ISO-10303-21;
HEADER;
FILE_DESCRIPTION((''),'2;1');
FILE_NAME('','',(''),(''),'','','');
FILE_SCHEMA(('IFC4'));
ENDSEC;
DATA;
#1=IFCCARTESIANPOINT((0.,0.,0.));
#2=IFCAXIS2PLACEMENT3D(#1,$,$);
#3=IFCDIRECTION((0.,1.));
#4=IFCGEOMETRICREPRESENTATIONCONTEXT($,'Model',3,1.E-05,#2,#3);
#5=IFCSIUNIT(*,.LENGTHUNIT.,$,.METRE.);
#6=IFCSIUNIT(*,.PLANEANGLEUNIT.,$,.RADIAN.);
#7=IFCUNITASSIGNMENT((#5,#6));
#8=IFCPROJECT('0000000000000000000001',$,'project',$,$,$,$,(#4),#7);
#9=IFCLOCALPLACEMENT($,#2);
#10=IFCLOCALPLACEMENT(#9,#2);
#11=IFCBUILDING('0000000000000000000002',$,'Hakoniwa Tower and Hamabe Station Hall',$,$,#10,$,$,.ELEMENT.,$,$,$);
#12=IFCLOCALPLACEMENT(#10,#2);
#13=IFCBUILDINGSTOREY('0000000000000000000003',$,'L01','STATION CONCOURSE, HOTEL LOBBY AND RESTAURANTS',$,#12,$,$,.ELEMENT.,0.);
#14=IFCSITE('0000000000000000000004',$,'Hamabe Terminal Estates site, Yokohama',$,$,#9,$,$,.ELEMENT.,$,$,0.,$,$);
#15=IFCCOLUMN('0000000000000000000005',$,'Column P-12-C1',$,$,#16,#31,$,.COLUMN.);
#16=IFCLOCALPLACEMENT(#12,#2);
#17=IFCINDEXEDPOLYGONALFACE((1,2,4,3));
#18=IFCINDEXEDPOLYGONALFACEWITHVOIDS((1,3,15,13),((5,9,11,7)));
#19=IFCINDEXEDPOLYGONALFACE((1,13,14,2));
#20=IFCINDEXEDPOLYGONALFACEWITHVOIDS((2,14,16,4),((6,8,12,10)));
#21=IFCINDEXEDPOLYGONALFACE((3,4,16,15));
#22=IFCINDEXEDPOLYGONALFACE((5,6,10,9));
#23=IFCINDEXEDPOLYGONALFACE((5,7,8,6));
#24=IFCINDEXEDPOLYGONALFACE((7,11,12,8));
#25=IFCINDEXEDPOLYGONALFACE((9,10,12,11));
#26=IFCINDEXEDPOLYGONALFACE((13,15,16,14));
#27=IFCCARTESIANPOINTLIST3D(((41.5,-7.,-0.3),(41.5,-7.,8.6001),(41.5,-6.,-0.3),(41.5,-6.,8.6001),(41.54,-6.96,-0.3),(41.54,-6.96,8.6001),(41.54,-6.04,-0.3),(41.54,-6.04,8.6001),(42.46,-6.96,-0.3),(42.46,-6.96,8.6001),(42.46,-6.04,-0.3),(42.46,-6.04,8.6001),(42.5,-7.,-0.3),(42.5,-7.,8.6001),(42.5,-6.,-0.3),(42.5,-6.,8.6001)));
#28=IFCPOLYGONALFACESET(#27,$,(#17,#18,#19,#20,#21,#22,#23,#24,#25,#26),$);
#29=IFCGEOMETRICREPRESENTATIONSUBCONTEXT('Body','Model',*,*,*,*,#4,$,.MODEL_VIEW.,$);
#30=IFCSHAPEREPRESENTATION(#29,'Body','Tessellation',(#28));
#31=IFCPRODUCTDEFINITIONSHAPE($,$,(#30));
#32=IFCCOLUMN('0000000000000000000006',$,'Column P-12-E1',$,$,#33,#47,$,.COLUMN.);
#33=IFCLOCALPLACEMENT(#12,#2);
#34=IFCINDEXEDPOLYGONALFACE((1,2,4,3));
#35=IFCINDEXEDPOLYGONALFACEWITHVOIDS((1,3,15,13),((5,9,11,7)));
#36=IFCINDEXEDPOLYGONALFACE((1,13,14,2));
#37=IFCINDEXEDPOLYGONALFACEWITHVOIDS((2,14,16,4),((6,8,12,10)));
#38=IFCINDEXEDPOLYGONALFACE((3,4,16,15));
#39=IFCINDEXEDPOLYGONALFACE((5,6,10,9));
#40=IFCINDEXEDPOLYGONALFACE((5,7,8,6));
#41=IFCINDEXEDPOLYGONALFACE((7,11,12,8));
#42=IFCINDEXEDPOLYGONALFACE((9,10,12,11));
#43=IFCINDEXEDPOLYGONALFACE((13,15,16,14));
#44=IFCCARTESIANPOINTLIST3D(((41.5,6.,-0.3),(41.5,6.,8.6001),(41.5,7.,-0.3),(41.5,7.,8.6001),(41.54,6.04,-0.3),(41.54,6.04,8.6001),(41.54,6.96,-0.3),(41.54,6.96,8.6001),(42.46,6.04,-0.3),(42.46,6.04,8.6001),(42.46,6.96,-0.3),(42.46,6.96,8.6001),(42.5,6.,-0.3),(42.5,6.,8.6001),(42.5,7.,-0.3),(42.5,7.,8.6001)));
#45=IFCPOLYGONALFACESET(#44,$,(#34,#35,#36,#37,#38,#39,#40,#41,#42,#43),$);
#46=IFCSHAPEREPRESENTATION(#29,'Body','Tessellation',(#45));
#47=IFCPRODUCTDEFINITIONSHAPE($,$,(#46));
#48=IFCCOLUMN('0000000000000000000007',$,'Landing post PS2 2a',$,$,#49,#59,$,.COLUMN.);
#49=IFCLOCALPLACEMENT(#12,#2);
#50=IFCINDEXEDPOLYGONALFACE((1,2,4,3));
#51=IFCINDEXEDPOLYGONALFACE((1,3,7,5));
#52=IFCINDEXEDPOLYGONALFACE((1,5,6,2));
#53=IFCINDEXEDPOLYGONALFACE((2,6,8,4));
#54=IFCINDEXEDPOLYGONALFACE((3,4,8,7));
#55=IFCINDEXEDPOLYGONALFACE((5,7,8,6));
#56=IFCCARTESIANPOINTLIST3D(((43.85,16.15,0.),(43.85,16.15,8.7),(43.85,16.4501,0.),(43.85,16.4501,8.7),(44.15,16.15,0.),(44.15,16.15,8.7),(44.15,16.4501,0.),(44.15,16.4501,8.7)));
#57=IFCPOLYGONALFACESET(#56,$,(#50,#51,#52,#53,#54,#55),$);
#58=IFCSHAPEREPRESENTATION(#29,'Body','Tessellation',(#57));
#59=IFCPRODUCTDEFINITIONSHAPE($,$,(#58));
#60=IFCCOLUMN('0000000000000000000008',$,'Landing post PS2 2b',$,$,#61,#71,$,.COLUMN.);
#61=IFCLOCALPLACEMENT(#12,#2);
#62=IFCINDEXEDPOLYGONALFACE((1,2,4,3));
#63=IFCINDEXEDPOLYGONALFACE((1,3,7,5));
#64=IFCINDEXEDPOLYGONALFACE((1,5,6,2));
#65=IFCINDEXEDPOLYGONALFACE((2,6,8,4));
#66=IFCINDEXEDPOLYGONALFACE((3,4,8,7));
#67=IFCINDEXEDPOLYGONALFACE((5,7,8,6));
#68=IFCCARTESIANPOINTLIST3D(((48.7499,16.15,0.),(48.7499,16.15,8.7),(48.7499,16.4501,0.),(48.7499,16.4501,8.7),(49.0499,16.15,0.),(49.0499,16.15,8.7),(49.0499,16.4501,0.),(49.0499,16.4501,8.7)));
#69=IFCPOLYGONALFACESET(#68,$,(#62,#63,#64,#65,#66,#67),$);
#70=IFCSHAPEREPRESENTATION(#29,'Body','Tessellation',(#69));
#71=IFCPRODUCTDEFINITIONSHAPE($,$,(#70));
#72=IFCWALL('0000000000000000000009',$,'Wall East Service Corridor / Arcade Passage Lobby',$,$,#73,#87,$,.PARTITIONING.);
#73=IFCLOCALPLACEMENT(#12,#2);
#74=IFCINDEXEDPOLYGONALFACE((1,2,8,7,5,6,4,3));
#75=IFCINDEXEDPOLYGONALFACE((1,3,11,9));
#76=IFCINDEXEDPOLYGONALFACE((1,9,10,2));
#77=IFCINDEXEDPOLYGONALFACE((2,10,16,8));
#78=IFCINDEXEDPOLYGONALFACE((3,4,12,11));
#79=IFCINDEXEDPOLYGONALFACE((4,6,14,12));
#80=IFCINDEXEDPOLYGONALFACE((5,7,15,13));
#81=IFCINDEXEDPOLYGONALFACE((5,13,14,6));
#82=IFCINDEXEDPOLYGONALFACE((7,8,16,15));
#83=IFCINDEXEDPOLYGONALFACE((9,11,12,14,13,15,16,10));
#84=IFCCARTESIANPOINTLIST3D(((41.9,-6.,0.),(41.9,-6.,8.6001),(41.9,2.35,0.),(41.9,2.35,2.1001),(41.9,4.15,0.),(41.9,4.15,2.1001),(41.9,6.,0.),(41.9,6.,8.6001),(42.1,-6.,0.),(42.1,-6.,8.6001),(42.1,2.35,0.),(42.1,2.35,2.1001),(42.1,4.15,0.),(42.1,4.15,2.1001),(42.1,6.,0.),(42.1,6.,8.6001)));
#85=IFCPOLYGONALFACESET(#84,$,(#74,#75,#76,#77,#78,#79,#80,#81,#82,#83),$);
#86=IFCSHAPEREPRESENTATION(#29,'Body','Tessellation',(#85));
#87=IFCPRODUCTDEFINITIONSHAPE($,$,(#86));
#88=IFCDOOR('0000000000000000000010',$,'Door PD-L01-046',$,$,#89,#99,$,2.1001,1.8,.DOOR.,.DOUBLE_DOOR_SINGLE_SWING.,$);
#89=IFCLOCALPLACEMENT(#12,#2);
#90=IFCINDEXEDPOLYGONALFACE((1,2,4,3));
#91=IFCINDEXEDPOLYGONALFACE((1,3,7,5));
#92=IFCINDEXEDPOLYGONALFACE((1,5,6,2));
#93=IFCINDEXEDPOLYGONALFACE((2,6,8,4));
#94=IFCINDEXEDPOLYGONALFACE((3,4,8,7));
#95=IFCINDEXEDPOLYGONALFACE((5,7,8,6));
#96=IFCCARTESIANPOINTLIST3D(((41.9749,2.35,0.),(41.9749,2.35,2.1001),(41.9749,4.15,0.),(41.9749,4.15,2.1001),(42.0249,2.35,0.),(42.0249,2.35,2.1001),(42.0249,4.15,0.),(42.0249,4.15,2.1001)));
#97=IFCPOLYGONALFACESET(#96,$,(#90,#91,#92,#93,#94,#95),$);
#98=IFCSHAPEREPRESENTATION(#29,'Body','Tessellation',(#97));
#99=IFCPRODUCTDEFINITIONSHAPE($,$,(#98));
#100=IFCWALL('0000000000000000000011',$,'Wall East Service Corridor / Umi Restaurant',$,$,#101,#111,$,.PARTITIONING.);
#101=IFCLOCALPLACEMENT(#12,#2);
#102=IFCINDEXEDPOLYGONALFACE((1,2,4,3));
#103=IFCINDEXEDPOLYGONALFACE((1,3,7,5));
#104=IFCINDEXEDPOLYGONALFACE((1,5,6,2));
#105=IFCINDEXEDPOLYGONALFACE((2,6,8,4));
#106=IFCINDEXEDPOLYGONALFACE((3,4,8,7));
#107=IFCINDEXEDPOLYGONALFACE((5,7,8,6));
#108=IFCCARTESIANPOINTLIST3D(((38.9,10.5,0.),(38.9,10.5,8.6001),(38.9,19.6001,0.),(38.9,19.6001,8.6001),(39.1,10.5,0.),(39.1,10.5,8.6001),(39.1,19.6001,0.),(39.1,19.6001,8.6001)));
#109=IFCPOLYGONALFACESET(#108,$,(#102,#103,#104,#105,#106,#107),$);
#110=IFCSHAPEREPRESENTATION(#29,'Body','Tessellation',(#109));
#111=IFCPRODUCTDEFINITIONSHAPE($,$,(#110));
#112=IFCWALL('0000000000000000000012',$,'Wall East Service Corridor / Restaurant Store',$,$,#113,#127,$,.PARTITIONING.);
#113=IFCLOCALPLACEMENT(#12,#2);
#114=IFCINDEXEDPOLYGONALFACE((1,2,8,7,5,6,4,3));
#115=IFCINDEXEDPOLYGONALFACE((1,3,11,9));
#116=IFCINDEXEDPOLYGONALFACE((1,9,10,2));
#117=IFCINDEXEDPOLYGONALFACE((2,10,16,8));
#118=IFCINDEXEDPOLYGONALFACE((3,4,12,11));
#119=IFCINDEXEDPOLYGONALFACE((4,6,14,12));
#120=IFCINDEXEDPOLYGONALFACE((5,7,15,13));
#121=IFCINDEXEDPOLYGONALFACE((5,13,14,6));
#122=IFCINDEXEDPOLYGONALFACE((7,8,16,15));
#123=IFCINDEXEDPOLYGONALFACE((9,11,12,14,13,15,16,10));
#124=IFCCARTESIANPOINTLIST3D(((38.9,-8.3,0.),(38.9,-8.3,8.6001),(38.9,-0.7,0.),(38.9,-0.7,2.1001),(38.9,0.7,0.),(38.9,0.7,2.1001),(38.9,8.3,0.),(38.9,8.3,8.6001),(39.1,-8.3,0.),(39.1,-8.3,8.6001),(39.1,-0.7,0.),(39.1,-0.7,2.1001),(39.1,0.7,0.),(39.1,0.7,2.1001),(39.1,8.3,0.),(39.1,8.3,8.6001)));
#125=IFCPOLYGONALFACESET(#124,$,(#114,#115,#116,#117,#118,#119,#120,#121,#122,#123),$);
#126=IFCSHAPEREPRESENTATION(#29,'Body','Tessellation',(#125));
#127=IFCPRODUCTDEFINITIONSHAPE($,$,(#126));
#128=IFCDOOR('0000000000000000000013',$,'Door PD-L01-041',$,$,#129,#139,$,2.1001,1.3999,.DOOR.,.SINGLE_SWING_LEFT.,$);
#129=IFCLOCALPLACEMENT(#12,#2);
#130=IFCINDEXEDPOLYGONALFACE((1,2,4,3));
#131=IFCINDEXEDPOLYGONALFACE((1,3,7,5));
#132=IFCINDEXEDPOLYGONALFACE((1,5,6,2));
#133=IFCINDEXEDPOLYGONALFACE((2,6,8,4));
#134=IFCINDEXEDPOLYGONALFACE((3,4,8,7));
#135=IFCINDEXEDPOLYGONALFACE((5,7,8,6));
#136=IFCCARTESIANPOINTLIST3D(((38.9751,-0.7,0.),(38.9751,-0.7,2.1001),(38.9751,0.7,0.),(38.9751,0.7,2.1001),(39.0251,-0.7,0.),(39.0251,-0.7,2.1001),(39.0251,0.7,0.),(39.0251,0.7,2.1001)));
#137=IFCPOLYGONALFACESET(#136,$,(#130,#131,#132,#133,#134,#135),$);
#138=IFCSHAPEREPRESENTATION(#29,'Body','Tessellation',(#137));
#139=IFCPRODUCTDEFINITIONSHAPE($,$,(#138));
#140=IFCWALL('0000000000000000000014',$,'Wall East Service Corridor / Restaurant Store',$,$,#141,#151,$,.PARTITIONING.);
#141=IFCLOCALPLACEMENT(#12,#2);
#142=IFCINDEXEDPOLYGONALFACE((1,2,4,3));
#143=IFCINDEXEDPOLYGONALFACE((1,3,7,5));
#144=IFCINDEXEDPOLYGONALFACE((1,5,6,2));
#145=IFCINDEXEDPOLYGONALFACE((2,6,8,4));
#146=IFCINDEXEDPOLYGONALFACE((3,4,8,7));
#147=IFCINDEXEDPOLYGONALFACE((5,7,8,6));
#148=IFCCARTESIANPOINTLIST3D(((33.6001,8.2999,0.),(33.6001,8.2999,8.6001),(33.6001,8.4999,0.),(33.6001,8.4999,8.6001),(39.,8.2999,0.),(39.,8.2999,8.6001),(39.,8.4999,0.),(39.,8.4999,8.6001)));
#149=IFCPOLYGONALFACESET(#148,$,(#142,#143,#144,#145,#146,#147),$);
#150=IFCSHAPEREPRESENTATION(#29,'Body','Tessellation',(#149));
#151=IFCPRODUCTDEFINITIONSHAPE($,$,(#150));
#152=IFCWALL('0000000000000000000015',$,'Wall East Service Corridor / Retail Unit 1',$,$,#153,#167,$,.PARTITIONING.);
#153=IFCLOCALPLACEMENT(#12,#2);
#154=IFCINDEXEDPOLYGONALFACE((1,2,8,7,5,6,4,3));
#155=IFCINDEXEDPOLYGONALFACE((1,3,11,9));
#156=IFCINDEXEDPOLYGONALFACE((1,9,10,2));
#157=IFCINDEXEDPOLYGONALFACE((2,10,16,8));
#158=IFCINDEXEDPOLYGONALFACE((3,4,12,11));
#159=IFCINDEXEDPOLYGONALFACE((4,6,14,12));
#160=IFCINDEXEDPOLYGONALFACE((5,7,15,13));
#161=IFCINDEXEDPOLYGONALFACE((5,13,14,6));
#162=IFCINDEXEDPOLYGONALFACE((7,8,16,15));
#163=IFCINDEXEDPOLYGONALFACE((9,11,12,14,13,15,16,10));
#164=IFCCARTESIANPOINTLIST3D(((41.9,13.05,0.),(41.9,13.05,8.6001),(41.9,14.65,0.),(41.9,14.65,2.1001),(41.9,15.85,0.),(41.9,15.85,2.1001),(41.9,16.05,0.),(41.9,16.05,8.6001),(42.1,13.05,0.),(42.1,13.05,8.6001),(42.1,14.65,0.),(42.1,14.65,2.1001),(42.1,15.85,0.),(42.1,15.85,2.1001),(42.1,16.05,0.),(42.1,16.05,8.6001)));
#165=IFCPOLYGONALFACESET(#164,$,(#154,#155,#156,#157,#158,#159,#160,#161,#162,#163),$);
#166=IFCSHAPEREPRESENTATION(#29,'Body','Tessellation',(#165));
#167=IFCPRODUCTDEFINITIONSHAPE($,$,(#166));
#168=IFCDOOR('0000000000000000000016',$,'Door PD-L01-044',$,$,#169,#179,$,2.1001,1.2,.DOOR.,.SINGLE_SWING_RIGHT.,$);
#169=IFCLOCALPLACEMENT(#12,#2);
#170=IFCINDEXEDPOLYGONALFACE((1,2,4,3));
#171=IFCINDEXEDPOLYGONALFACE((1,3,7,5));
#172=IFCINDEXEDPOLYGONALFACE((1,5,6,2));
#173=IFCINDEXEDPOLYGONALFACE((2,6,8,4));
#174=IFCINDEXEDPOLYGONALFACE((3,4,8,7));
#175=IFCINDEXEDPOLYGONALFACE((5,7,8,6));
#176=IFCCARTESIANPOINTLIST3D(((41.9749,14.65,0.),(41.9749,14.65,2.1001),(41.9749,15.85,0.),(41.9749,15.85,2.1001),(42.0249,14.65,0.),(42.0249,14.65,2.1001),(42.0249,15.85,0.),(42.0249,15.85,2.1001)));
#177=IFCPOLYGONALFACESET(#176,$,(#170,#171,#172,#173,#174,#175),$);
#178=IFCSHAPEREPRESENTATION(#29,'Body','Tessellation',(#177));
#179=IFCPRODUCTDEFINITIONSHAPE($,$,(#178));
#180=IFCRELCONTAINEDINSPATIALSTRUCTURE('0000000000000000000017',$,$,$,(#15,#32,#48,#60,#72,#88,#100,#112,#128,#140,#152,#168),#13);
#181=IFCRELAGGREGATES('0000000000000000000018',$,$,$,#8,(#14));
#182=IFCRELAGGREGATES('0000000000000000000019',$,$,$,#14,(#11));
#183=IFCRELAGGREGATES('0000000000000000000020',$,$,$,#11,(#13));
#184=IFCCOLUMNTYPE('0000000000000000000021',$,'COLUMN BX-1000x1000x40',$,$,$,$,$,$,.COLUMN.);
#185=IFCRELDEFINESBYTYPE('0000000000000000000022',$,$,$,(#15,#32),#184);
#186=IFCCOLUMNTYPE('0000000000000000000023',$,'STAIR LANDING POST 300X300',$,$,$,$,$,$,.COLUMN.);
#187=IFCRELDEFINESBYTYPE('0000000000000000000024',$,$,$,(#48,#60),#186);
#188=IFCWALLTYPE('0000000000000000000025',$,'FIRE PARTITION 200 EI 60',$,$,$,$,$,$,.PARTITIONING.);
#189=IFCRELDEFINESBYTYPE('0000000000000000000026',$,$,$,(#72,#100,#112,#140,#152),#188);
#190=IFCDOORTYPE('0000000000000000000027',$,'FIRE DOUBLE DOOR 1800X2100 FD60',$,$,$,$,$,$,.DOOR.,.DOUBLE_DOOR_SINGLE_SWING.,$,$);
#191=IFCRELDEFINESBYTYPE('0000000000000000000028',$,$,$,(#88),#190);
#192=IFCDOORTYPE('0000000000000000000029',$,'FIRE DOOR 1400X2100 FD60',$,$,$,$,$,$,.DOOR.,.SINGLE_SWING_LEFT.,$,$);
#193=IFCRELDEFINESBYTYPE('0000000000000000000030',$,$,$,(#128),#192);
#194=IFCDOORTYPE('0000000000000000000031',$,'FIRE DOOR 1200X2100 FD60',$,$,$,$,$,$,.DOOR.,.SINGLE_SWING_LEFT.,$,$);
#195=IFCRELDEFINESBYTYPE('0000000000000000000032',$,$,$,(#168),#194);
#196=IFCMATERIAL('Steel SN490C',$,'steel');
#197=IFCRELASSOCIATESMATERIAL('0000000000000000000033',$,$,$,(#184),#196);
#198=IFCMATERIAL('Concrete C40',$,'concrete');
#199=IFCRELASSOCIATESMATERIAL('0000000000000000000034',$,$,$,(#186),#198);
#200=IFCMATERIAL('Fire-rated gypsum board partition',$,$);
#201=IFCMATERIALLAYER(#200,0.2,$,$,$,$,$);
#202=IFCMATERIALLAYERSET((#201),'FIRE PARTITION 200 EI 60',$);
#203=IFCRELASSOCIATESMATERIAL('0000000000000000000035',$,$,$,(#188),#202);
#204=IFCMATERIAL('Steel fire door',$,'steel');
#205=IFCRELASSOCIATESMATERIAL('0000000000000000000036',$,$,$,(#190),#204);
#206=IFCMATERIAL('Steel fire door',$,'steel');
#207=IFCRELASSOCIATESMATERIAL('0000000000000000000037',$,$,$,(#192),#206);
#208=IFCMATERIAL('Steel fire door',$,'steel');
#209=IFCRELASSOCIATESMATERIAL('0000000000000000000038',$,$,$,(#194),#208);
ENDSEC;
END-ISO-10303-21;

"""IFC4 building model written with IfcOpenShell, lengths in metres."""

from ifc_helpers import new_model, si_unit, direction, frame, frame_2d, origin, origin_2d, place, context, subcontext, project, spatial, rectangle, hollow_rectangle, extrude, material, layer, layer_set, material_profile, profile_set, type_object, element, fill, save


model = new_model("IFC4")

# Units and contexts
model_context = context("Model", 3, precision=1e-05, world=origin(), true_north=direction((0.0, 1.0)))
body_context = subcontext(model_context, "Body", "Model", "MODEL_VIEW")
ifc_project = project(units=[si_unit("LENGTHUNIT", "METRE"), si_unit("PLANEANGLEUNIT", "RADIAN")], contexts=[model_context])

# Site, building, storey
site_placement = place(None, origin())
site = spatial("IfcSite", under=ifc_project, at=site_placement, Name="Hamabe Terminal Estates site, Yokohama", CompositionType="ELEMENT", RefElevation=0.0)
building_placement = place(site_placement, origin())
building = spatial("IfcBuilding", under=site, at=building_placement, Name="Hakoniwa Tower and Hamabe Station Hall", CompositionType="ELEMENT")
storey_placement = place(building_placement, origin())
storey = spatial("IfcBuildingStorey", under=building, at=storey_placement, Name="L01", Description="STATION CONCOURSE, HOTEL LOBBY AND RESTAURANTS", CompositionType="ELEMENT", Elevation=0.0)

# Columns
ifc_material_1 = material(Name="Steel SN490C", Category="steel")
ifc_material_profile_1 = material_profile(ifc_material_1, hollow_rectangle(XDim=1.0, YDim=1.0, WallThickness=0.04, at=origin_2d()), Name="BX-1000x1000x40")
ifc_profile_set_1 = profile_set([ifc_material_profile_1], Name="Steel SN490C")
column_type_1 = type_object("IfcColumnType", Name="COLUMN BX-1000x1000x40", PredefinedType="COLUMN", material=ifc_profile_set_1)
for number, where, z_axis, x_axis, name in (
    (1, (42.0, -6.5, -0.3), (0.0, 0.0, 1.0), (1.0, 0.0, 0.0), "Column P-12-C1"),
    (2, (42.0, 6.5, -0.3), (0.0, 0.0, 1.0), (1.0, 0.0, 0.0), "Column P-12-E1"),
):
    element("IfcColumn", number, at=place(storey_placement, frame(where, z_axis=z_axis, x_axis=x_axis)), inside=storey, type_object=column_type_1, Name=name, PredefinedType="COLUMN", context=body_context, shape_type="SweptSolid", body=[
        extrude(hollow_rectangle(XDim=1.0, YDim=1.0, WallThickness=0.04, at=origin_2d()), origin(), (0.0, 0.0, 1.0), 8.9001),
    ])
ifc_material_2 = material(Name="Concrete C40", Category="concrete")
ifc_material_profile_2 = material_profile(ifc_material_2, rectangle(XDim=0.3, YDim=0.3, at=origin_2d()), Name="STAIR LANDING POST 300X300")
ifc_profile_set_2 = profile_set([ifc_material_profile_2], Name="Concrete C40")
column_type_2 = type_object("IfcColumnType", Name="STAIR LANDING POST 300X300", PredefinedType="COLUMN", material=ifc_profile_set_2)
for number, where, z_axis, x_axis, name in (
    (3, (44.0, 16.3, 0.0), (0.0, 0.0, 1.0), (1.0, 0.0, 0.0), "Landing post PS2 2a"),
    (4, (48.8999, 16.3, 0.0), (0.0, 0.0, 1.0), (1.0, 0.0, 0.0), "Landing post PS2 2b"),
):
    element("IfcColumn", number, at=place(storey_placement, frame(where, z_axis=z_axis, x_axis=x_axis)), inside=storey, type_object=column_type_2, Name=name, PredefinedType="COLUMN", context=body_context, shape_type="SweptSolid", body=[
        extrude(rectangle(XDim=0.3, YDim=0.3, at=origin_2d()), origin(), (0.0, 0.0, 1.0), 8.7),
    ])

# Wall, opening, door
ifc_material_3 = material(Name="Fire-rated gypsum board partition")
ifc_layer_1 = layer(ifc_material_3, 0.2)
ifc_layer_set_1 = layer_set([ifc_layer_1], Name="FIRE PARTITION 200 EI 60")
wall_type_1 = type_object("IfcWallType", Name="FIRE PARTITION 200 EI 60", PredefinedType="PARTITIONING", material=ifc_layer_set_1)
wall_1_placement = place(storey_placement, frame((42.0, 6.0, 0.0), z_axis=(0.0, 0.0, 1.0), x_axis=(0.0, -1.0, 0.0)))
wall_1 = element("IfcWall", 5, at=wall_1_placement, inside=storey, type_object=wall_type_1, Name="Wall East Service Corridor / Arcade Passage Lobby", PredefinedType="PARTITIONING", context=body_context, shape_type="SweptSolid", body=[
    extrude(rectangle(XDim=12.0, YDim=0.2, at=frame_2d((6.0, 0.0))), origin(), (0.0, 0.0, 1.0), 8.6001),
])
opening_1_placement = place(wall_1_placement, frame((1.8501, 0.0, 0.0)))
opening_1 = element("IfcOpeningElement", 6, at=opening_1_placement, cuts=wall_1, PredefinedType="OPENING", context=body_context, shape_type="SweptSolid", body=[
    extrude(rectangle(XDim=1.8, YDim=2.1001, at=frame_2d((0.8999, 1.05))), frame((0.0, 0.1099, 0.0), z_axis=(0.0, -1.0, 0.0), x_axis=(1.0, 0.0, 0.0)), (0.0, 0.0, 1.0), 0.22),
])
ifc_material_4 = material(Name="Steel fire door", Category="steel")
door_type_1 = type_object("IfcDoorType", Name="FIRE DOUBLE DOOR 1800X2100 FD60", OperationType="DOUBLE_DOOR_SINGLE_SWING", PredefinedType="DOOR", material=ifc_material_4)
door_1_placement = place(opening_1_placement, origin())
door_1 = element("IfcDoor", 7, at=door_1_placement, inside=storey, type_object=door_type_1, Name="Door PD-L01-046", OperationType="DOUBLE_DOOR_SINGLE_SWING", OverallHeight=2.1001, OverallWidth=1.8, PredefinedType="DOOR", context=body_context, shape_type="SweptSolid", body=[
    extrude(rectangle(XDim=1.8, YDim=2.1001, at=frame_2d((0.8999, 1.05))), frame((0.0, 0.0249, 0.0), z_axis=(0.0, -1.0, 0.0), x_axis=(1.0, 0.0, 0.0)), (0.0, 0.0, 1.0), 0.05),
])
fill(opening_1, door_1)

# Wall
wall_2_placement = place(storey_placement, frame((39.0, 10.5, 0.0), z_axis=(0.0, 0.0, 1.0), x_axis=(0.0, 1.0, 0.0)))
element("IfcWall", 8, at=wall_2_placement, inside=storey, type_object=wall_type_1, Name="Wall East Service Corridor / Umi Restaurant", PredefinedType="PARTITIONING", context=body_context, shape_type="SweptSolid", body=[
    extrude(rectangle(XDim=9.1001, YDim=0.2, at=frame_2d((4.55, 0.0))), origin(), (0.0, 0.0, 1.0), 8.6001),
])

# Wall, opening, door
wall_3_placement = place(storey_placement, frame((39.0, -8.3, 0.0), z_axis=(0.0, 0.0, 1.0), x_axis=(0.0, 1.0, 0.0)))
wall_3 = element("IfcWall", 9, at=wall_3_placement, inside=storey, type_object=wall_type_1, Name="Wall East Service Corridor / Restaurant Store", PredefinedType="PARTITIONING", context=body_context, shape_type="SweptSolid", body=[
    extrude(rectangle(XDim=16.6001, YDim=0.2, at=frame_2d((8.3, 0.0))), origin(), (0.0, 0.0, 1.0), 8.6001),
])
opening_2_placement = place(wall_3_placement, frame((7.6001, 0.0, 0.0)))
opening_2 = element("IfcOpeningElement", 10, at=opening_2_placement, cuts=wall_3, PredefinedType="OPENING", context=body_context, shape_type="SweptSolid", body=[
    extrude(rectangle(XDim=1.3999, YDim=2.1001, at=frame_2d((0.7, 1.05))), frame((0.0, 0.1099, 0.0), z_axis=(0.0, -1.0, 0.0), x_axis=(1.0, 0.0, 0.0)), (0.0, 0.0, 1.0), 0.22),
])
ifc_material_5 = material(Name="Steel fire door", Category="steel")
door_type_2 = type_object("IfcDoorType", Name="FIRE DOOR 1400X2100 FD60", OperationType="SINGLE_SWING_LEFT", PredefinedType="DOOR", material=ifc_material_5)
door_2_placement = place(opening_2_placement, origin())
door_2 = element("IfcDoor", 11, at=door_2_placement, inside=storey, type_object=door_type_2, Name="Door PD-L01-041", OperationType="SINGLE_SWING_LEFT", OverallHeight=2.1001, OverallWidth=1.3999, PredefinedType="DOOR", context=body_context, shape_type="SweptSolid", body=[
    extrude(rectangle(XDim=1.3999, YDim=2.1001, at=frame_2d((0.7, 1.05))), frame((0.0, 0.0249, 0.0), z_axis=(0.0, -1.0, 0.0), x_axis=(1.0, 0.0, 0.0)), (0.0, 0.0, 1.0), 0.05),
])
fill(opening_2, door_2)

# Wall
wall_4_placement = place(storey_placement, frame((39.0, 8.3999, 0.0), z_axis=(0.0, 0.0, 1.0), x_axis=(-1.0, 0.0, 0.0)))
element("IfcWall", 12, at=wall_4_placement, inside=storey, type_object=wall_type_1, Name="Wall East Service Corridor / Restaurant Store", PredefinedType="PARTITIONING", context=body_context, shape_type="SweptSolid", body=[
    extrude(rectangle(XDim=5.3999, YDim=0.2, at=frame_2d((2.7, 0.0))), origin(), (0.0, 0.0, 1.0), 8.6001),
])

# Wall, opening, door
wall_5_placement = place(storey_placement, frame((42.0, 16.05, 0.0), z_axis=(0.0, 0.0, 1.0), x_axis=(0.0, -1.0, 0.0)))
wall_5 = element("IfcWall", 13, at=wall_5_placement, inside=storey, type_object=wall_type_1, Name="Wall East Service Corridor / Retail Unit 1", PredefinedType="PARTITIONING", context=body_context, shape_type="SweptSolid", body=[
    extrude(rectangle(XDim=3.0, YDim=0.2, at=frame_2d((1.5, 0.0))), origin(), (0.0, 0.0, 1.0), 8.6001),
])
opening_3_placement = place(wall_5_placement, frame((0.2, 0.0, 0.0)))
opening_3 = element("IfcOpeningElement", 14, at=opening_3_placement, cuts=wall_5, PredefinedType="OPENING", context=body_context, shape_type="SweptSolid", body=[
    extrude(rectangle(XDim=1.2, YDim=2.1001, at=frame_2d((0.6001, 1.05))), frame((0.0, 0.1099, 0.0), z_axis=(0.0, -1.0, 0.0), x_axis=(1.0, 0.0, 0.0)), (0.0, 0.0, 1.0), 0.22),
])
ifc_material_6 = material(Name="Steel fire door", Category="steel")
door_type_3 = type_object("IfcDoorType", Name="FIRE DOOR 1200X2100 FD60", OperationType="SINGLE_SWING_LEFT", PredefinedType="DOOR", material=ifc_material_6)
door_3_placement = place(opening_3_placement, origin())
door_3 = element("IfcDoor", 15, at=door_3_placement, inside=storey, type_object=door_type_3, Name="Door PD-L01-044", OperationType="SINGLE_SWING_RIGHT", OverallHeight=2.1001, OverallWidth=1.2, PredefinedType="DOOR", context=body_context, shape_type="SweptSolid", body=[
    extrude(rectangle(XDim=1.2, YDim=2.1001, at=frame_2d((0.6001, 1.05))), frame((0.0, 0.0249, 0.0), z_axis=(0.0, -1.0, 0.0), x_axis=(1.0, 0.0, 0.0)), (0.0, 0.0, 1.0), 0.05),
])
fill(opening_3, door_3)

save(model, "model.ifc")
